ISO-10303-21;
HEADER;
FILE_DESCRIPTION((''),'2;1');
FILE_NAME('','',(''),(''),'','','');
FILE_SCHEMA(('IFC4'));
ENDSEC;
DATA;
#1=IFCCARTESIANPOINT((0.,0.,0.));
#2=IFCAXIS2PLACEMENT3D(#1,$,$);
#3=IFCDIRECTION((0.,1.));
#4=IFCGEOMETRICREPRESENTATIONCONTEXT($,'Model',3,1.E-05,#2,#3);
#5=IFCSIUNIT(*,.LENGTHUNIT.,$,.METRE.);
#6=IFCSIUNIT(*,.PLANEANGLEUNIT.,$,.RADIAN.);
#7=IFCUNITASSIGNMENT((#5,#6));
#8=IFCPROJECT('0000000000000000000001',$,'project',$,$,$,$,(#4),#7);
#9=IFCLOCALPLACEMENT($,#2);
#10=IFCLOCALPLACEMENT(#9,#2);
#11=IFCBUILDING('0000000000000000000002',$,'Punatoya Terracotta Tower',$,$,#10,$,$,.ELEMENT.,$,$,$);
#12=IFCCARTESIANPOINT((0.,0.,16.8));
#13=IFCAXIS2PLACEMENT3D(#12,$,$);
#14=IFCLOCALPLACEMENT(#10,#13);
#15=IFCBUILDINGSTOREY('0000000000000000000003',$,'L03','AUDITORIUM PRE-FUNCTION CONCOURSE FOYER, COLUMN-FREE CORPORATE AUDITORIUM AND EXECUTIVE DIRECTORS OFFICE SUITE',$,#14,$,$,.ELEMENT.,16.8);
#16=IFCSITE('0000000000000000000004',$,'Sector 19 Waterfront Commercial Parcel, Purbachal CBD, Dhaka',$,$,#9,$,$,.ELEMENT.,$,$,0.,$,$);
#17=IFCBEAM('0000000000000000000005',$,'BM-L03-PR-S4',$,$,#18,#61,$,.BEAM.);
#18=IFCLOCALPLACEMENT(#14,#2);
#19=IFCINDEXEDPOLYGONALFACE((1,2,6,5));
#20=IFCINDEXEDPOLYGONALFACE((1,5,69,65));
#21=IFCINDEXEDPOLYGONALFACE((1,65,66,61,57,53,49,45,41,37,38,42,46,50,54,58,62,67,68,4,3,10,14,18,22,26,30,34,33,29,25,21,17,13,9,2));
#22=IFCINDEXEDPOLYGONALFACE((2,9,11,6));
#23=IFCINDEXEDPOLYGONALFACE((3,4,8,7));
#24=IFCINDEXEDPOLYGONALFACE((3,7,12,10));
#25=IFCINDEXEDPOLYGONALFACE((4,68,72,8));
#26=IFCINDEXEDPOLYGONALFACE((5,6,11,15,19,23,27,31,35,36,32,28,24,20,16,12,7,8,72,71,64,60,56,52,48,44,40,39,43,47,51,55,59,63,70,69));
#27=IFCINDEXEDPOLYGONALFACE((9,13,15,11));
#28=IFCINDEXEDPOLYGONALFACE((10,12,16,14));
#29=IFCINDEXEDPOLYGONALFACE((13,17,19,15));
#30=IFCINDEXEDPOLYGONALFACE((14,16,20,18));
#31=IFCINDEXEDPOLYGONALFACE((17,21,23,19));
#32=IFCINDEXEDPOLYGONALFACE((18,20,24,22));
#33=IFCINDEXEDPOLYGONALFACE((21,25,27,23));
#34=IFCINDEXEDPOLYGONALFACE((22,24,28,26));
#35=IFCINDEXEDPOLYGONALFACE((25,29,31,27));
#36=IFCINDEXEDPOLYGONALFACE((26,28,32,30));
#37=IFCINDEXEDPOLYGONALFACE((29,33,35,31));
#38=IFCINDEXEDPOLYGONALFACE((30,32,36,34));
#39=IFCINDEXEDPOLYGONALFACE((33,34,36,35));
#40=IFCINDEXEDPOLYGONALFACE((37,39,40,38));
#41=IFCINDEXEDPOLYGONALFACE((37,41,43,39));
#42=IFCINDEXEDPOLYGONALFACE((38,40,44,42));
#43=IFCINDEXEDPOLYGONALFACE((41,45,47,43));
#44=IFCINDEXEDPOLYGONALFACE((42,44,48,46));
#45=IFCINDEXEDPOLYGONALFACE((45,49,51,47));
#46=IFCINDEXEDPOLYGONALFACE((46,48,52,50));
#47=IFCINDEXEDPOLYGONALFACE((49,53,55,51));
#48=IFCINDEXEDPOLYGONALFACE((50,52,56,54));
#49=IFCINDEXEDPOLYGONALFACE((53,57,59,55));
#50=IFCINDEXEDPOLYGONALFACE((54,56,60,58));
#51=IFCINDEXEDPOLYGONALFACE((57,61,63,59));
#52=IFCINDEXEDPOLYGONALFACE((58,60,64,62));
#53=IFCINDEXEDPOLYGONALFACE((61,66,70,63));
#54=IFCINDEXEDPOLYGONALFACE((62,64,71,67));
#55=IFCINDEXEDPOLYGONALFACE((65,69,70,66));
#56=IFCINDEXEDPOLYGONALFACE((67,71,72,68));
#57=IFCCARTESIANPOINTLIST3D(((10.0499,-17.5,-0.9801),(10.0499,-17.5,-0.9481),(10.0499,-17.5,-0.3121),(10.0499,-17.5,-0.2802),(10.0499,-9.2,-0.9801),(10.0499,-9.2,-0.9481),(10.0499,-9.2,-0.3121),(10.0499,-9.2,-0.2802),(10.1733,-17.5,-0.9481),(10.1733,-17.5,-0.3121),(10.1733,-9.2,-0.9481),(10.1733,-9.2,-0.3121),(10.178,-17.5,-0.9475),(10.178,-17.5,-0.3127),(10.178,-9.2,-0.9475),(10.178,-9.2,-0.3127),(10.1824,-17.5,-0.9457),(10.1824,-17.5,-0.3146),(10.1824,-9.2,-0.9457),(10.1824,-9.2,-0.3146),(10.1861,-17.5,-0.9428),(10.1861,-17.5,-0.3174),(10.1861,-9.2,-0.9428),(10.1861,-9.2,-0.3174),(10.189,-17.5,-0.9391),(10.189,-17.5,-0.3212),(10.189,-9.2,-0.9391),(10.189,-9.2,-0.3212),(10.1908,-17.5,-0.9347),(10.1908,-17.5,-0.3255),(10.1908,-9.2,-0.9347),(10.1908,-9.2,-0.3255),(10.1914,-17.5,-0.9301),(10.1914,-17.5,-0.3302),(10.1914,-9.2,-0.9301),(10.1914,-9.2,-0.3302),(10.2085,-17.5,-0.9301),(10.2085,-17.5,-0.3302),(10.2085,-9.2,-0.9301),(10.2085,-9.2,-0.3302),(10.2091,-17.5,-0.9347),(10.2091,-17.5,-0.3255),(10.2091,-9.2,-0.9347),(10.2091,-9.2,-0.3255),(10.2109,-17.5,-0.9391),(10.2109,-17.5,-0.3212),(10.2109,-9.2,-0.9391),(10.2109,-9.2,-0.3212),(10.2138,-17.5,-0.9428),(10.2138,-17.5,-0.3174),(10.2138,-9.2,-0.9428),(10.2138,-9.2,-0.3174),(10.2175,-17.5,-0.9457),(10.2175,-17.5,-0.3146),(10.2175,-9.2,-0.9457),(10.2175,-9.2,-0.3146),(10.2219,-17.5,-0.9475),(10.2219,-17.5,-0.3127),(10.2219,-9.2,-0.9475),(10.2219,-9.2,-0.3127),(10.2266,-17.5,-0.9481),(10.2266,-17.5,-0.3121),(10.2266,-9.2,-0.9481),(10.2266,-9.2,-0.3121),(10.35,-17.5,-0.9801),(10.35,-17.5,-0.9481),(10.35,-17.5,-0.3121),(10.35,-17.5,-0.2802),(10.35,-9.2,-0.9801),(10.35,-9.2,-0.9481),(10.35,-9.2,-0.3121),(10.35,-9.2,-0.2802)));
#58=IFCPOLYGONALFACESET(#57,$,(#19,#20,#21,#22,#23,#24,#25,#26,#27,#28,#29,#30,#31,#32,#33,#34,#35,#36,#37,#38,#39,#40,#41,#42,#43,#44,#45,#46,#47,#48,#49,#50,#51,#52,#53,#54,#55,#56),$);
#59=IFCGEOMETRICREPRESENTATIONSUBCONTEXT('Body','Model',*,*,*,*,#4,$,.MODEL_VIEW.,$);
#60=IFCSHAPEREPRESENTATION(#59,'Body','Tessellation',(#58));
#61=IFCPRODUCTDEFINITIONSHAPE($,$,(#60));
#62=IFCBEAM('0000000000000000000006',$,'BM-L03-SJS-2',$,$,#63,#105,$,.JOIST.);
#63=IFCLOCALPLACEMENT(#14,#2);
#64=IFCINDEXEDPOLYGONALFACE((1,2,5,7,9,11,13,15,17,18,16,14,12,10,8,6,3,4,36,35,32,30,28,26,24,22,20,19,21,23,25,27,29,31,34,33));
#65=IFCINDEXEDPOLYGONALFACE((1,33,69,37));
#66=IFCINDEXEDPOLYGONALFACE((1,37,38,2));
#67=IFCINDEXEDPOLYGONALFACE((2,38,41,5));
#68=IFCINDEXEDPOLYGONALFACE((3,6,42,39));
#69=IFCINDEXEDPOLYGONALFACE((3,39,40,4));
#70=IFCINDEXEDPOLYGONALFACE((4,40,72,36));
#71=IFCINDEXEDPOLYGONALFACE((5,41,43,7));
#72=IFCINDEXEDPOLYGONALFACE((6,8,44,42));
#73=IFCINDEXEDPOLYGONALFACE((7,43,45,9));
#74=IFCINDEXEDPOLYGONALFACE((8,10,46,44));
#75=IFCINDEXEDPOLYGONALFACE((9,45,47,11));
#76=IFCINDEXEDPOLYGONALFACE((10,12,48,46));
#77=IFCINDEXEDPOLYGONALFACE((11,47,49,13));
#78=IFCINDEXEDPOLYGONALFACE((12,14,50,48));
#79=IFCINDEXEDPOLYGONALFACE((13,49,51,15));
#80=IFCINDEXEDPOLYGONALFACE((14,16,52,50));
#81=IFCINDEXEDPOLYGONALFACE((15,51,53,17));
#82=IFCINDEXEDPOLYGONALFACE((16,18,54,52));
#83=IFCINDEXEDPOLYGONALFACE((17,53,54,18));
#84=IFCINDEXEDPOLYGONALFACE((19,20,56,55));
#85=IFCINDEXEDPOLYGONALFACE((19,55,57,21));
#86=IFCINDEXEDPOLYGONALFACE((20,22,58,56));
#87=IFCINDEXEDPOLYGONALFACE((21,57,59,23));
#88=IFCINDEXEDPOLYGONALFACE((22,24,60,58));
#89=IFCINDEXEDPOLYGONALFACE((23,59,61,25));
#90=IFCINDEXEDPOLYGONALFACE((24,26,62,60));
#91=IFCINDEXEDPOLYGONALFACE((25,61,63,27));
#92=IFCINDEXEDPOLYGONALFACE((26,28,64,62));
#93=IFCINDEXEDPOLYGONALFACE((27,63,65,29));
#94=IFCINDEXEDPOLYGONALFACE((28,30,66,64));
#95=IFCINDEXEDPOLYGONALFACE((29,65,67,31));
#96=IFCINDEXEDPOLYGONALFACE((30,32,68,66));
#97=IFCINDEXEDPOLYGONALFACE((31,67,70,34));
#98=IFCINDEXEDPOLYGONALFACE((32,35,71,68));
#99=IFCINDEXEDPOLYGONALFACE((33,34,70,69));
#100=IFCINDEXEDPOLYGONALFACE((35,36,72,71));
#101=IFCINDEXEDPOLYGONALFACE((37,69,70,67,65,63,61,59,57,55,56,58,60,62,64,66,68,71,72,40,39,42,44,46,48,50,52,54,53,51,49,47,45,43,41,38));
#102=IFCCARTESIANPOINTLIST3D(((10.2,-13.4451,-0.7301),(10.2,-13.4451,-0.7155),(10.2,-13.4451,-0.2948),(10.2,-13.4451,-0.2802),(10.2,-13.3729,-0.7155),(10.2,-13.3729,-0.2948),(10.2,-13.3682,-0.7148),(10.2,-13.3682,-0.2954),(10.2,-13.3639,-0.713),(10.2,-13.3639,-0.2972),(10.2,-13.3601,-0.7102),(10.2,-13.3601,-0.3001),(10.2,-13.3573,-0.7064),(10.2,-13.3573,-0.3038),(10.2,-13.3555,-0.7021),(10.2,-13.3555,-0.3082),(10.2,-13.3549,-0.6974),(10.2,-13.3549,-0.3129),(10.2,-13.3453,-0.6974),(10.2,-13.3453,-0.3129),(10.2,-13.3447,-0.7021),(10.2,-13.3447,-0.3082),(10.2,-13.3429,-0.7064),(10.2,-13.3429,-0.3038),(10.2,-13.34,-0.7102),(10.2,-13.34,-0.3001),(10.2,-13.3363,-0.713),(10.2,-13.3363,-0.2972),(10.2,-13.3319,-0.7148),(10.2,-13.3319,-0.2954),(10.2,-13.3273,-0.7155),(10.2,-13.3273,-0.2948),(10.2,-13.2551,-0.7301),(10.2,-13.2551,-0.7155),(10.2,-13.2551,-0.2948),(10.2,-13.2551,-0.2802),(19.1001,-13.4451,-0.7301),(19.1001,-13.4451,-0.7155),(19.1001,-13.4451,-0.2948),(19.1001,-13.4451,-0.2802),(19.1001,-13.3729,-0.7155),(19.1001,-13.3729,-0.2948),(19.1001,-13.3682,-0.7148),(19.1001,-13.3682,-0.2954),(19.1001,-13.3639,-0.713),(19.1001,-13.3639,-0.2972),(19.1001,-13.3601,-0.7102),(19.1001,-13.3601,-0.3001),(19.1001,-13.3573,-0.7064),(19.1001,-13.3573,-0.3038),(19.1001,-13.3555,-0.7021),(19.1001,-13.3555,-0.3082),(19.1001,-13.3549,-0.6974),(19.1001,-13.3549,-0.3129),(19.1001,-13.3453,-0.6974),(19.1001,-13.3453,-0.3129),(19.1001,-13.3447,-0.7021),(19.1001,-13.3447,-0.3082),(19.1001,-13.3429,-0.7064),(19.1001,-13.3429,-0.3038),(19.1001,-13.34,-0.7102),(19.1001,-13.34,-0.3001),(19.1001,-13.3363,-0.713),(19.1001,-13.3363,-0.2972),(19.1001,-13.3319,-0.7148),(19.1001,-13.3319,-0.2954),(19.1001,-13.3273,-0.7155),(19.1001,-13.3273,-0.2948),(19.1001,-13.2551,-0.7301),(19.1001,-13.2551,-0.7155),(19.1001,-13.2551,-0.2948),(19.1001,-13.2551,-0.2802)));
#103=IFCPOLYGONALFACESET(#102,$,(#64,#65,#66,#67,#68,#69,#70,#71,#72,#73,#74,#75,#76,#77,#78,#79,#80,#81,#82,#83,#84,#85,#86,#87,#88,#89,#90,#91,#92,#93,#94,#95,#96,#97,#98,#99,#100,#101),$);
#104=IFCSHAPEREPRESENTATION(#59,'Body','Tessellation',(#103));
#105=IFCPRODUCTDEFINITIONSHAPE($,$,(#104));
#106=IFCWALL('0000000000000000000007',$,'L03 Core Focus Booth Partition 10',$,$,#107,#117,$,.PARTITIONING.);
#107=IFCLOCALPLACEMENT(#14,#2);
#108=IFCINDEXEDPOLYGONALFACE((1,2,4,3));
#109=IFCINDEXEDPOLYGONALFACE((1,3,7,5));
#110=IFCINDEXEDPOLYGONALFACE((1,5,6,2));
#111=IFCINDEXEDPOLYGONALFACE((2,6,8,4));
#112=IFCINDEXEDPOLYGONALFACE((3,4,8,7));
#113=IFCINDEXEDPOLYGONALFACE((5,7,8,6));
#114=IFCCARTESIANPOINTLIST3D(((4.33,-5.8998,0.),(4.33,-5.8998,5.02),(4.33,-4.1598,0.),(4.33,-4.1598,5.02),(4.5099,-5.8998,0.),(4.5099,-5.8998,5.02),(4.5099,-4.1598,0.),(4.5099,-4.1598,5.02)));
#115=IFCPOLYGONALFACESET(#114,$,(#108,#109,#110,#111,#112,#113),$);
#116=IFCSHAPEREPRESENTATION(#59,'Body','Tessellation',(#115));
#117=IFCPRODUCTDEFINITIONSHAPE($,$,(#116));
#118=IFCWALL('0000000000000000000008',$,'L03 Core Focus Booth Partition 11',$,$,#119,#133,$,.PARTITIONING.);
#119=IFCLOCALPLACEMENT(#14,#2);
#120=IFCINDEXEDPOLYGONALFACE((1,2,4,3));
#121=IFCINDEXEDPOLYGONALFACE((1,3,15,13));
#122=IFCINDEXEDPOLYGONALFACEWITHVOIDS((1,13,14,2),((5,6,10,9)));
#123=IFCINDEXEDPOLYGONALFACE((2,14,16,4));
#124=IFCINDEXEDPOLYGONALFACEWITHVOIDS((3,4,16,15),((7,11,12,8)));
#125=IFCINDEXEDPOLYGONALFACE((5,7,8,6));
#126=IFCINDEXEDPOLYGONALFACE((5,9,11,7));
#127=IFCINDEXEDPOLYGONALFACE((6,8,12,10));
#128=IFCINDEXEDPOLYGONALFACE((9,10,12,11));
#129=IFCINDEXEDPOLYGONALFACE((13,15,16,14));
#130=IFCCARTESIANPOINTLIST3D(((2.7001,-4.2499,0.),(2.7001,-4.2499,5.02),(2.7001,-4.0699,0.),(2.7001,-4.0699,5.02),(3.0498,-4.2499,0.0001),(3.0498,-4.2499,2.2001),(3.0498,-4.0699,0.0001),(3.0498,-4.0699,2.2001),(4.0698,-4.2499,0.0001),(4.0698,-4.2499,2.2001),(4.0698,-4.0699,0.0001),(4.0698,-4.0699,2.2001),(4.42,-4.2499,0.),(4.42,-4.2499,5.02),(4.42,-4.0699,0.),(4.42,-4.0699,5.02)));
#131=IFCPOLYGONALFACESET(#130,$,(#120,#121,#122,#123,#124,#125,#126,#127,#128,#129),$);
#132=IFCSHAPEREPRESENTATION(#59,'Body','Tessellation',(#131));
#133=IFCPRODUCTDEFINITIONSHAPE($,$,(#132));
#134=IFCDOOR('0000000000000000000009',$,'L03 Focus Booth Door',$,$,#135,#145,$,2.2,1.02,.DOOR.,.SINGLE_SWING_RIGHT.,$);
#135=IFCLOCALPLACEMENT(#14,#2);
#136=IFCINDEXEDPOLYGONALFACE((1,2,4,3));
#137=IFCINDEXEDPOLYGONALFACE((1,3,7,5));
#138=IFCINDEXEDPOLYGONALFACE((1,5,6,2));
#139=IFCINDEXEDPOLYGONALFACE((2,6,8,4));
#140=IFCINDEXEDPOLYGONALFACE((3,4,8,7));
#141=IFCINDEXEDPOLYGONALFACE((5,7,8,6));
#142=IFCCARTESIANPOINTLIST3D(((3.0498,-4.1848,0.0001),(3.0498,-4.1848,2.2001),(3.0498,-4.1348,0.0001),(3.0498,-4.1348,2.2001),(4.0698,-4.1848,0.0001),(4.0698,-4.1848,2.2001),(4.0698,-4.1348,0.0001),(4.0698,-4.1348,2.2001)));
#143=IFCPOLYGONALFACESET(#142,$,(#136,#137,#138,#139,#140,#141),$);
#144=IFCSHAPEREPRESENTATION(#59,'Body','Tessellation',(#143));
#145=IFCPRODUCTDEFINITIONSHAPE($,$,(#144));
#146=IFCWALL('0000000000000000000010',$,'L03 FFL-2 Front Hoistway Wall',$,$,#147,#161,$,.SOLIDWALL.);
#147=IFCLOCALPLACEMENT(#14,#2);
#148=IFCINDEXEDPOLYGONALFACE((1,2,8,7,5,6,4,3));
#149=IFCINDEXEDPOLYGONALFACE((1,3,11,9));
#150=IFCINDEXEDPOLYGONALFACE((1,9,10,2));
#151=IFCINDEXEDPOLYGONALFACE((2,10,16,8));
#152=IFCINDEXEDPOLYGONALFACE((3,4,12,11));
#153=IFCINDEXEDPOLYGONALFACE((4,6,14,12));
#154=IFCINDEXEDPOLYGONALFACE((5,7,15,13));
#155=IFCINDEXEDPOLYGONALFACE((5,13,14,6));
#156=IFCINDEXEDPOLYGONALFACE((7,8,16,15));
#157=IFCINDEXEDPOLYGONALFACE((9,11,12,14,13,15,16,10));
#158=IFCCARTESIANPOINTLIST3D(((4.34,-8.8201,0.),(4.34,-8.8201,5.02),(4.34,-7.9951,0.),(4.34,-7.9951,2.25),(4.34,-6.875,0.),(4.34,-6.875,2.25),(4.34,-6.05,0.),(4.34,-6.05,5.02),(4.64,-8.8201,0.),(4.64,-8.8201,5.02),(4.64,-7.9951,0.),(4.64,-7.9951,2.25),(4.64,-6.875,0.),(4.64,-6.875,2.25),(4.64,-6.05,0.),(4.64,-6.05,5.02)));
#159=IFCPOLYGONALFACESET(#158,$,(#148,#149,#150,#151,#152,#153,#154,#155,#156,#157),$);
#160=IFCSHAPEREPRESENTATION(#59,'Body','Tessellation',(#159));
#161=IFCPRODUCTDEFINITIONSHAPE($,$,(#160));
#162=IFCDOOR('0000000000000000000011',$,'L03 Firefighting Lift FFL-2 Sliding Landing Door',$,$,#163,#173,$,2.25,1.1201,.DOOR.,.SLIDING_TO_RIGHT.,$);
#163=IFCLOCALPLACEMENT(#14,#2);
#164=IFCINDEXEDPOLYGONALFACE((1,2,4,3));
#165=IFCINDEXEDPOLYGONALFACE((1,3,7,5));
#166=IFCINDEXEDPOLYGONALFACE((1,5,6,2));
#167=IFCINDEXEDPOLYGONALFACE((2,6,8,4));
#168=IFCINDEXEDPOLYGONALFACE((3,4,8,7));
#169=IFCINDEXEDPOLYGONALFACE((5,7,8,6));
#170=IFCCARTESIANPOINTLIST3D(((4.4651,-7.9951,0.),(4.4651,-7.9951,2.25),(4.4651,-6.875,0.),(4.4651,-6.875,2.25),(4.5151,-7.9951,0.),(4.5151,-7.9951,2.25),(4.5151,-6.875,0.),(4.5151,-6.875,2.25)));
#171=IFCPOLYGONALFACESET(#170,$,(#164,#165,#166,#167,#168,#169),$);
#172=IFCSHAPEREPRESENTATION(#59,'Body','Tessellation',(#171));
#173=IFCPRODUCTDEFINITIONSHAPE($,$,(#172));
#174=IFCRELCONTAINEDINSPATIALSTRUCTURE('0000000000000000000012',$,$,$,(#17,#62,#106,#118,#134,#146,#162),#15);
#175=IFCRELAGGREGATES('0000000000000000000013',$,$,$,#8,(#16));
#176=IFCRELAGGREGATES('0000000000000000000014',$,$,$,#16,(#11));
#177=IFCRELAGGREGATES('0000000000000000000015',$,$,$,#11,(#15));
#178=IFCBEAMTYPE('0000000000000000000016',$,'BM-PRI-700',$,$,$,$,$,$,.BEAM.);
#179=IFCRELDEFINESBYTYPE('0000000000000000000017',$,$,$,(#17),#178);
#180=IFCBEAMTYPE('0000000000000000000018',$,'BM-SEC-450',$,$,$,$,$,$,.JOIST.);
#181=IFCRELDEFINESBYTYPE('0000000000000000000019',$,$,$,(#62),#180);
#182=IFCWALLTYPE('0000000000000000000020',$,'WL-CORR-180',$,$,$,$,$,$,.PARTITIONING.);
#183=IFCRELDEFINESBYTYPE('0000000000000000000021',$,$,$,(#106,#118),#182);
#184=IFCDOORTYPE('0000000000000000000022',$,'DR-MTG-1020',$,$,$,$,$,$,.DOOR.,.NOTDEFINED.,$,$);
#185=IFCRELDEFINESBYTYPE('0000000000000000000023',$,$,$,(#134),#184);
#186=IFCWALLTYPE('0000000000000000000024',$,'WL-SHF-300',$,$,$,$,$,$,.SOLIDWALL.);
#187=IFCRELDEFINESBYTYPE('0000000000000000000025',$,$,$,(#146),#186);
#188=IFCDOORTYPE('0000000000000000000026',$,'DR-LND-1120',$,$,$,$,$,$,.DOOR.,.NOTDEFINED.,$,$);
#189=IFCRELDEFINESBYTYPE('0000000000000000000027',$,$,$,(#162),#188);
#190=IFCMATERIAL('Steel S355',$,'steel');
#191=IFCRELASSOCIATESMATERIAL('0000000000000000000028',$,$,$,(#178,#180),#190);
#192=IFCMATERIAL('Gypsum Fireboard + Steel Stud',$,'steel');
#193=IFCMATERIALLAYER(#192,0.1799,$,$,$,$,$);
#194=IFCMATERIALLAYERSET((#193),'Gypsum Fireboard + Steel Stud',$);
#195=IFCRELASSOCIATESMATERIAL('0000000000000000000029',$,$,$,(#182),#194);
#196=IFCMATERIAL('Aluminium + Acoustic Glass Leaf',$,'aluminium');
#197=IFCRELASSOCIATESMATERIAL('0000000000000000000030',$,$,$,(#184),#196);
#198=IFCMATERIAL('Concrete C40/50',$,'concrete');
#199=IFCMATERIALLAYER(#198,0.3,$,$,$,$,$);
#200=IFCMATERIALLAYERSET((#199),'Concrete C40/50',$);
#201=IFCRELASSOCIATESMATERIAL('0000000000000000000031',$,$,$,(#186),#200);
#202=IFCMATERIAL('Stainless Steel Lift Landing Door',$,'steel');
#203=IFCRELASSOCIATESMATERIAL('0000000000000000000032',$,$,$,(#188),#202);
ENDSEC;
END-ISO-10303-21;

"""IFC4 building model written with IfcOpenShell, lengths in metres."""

from ifc_helpers import new_model, si_unit, direction, frame, frame_2d, origin, origin_2d, place, context, subcontext, project, spatial, rectangle, i_section, extrude, material, layer, layer_set, material_profile, profile_set, type_object, element, fill, save


model = new_model("IFC4")

# Units and contexts
model_context = context("Model", 3, precision=1e-05, world=origin(), true_north=direction((0.0, 1.0)))
body_context = subcontext(model_context, "Body", "Model", "MODEL_VIEW")
ifc_project = project(units=[si_unit("LENGTHUNIT", "METRE"), si_unit("PLANEANGLEUNIT", "RADIAN")], contexts=[model_context])

# Site, building, storey
site_placement = place(None, origin())
site = spatial("IfcSite", under=ifc_project, at=site_placement, Name="Sector 19 Waterfront Commercial Parcel, Purbachal CBD, Dhaka", CompositionType="ELEMENT", RefElevation=0.0)
building_placement = place(site_placement, origin())
building = spatial("IfcBuilding", under=site, at=building_placement, Name="Punatoya Terracotta Tower", CompositionType="ELEMENT")
storey_placement = place(building_placement, frame((0.0, 0.0, 16.8)))
storey = spatial("IfcBuildingStorey", under=building, at=storey_placement, Name="L03", Description="AUDITORIUM PRE-FUNCTION CONCOURSE FOYER, COLUMN-FREE CORPORATE AUDITORIUM AND EXECUTIVE DIRECTORS OFFICE SUITE", CompositionType="ELEMENT", Elevation=16.8)

# Beams
ifc_material_1 = material(Name="Steel S355", Category="steel")
ifc_material_profile_1 = material_profile(ifc_material_1, i_section(OverallWidth=0.3, OverallDepth=0.7, WebThickness=0.0171, FlangeThickness=0.032, FilletRadius=0.0181, at=origin_2d()))
ifc_profile_set_1 = profile_set([ifc_material_profile_1], Name="Steel S355")
beam_type_1 = type_object("IfcBeamType", Name="BM-PRI-700", PredefinedType="BEAM", material=ifc_profile_set_1)
for number, where, z_axis, x_axis, name in (
    (1, (10.2, -17.5, -0.6301), (0.0, 1.0, 0.0), (-1.0, 0.0, 0.0), "BM-L03-PR-S4"),
):
    element("IfcBeam", number, at=place(storey_placement, frame(where, z_axis=z_axis, x_axis=x_axis)), inside=storey, type_object=beam_type_1, Name=name, PredefinedType="BEAM", context=body_context, shape_type="SweptSolid", body=[
        extrude(i_section(OverallWidth=0.3, OverallDepth=0.7, WebThickness=0.0171, FlangeThickness=0.032, FilletRadius=0.0181, at=origin_2d()), origin(), (0.0, 0.0, 1.0), 8.3),
    ])
ifc_material_profile_2 = material_profile(ifc_material_1, i_section(OverallWidth=0.1899, OverallDepth=0.45, WebThickness=0.0095, FlangeThickness=0.0146, FilletRadius=0.0181, at=origin_2d()))
ifc_profile_set_2 = profile_set([ifc_material_profile_2], Name="Steel S355")
beam_type_2 = type_object("IfcBeamType", Name="BM-SEC-450", PredefinedType="JOIST", material=ifc_profile_set_2)
beam_1_placement = place(storey_placement, frame((10.2, -13.3501, -0.5051), z_axis=(1.0, 0.0, 0.0), x_axis=(0.0, 1.0, 0.0)))
element("IfcBeam", 2, at=beam_1_placement, inside=storey, type_object=beam_type_2, Name="BM-L03-SJS-2", PredefinedType="JOIST", context=body_context, shape_type="SweptSolid", body=[
    extrude(i_section(OverallWidth=0.1899, OverallDepth=0.45, WebThickness=0.0095, FlangeThickness=0.0146, FilletRadius=0.0181, at=origin_2d()), origin(), (0.0, 0.0, 1.0), 8.9001),
])

# Wall
ifc_material_2 = material(Name="Gypsum Fireboard + Steel Stud", Category="steel")
ifc_layer_1 = layer(ifc_material_2, 0.1799)
ifc_layer_set_1 = layer_set([ifc_layer_1], Name="Gypsum Fireboard + Steel Stud")
wall_type_1 = type_object("IfcWallType", Name="WL-CORR-180", PredefinedType="PARTITIONING", material=ifc_layer_set_1)
wall_1_placement = place(storey_placement, frame((4.4199, -5.8999, 0.0), z_axis=(0.0, 0.0, 1.0), x_axis=(0.0, 1.0, 0.0)))
element("IfcWall", 3, at=wall_1_placement, inside=storey, type_object=wall_type_1, Name="L03 Core Focus Booth Partition 10", PredefinedType="PARTITIONING", context=body_context, shape_type="SweptSolid", body=[
    extrude(rectangle(XDim=1.74, YDim=0.1799, at=frame_2d((0.8701, 0.0))), origin(), (0.0, 0.0, 1.0), 5.02),
])

# Walls, openings, doors
wall_2_placement = place(storey_placement, frame((4.4199, -4.1599, 0.0), z_axis=(0.0, 0.0, 1.0), x_axis=(-1.0, 0.0, 0.0)))
wall_2 = element("IfcWall", 4, at=wall_2_placement, inside=storey, type_object=wall_type_1, Name="L03 Core Focus Booth Partition 11", PredefinedType="PARTITIONING", context=body_context, shape_type="SweptSolid", body=[
    extrude(rectangle(XDim=1.72, YDim=0.1799, at=frame_2d((0.8599, 0.0))), origin(), (0.0, 0.0, 1.0), 5.02),
])
opening_1_placement = place(wall_2_placement, frame((0.3501, 0.0, 0.0)))
opening_1 = element("IfcOpeningElement", 5, at=opening_1_placement, cuts=wall_2, PredefinedType="OPENING", context=body_context, shape_type="SweptSolid", body=[
    extrude(rectangle(XDim=1.02, YDim=2.2, at=frame_2d((0.51, 1.1001))), frame((0.0, 0.0999, 0.0), z_axis=(0.0, -1.0, 0.0), x_axis=(1.0, 0.0, 0.0)), (0.0, 0.0, 1.0), 0.2),
])
ifc_material_3 = material(Name="Aluminium + Acoustic Glass Leaf", Category="aluminium")
door_type_1 = type_object("IfcDoorType", Name="DR-MTG-1020", OperationType="NOTDEFINED", PredefinedType="DOOR", material=ifc_material_3)
door_1_placement = place(opening_1_placement, origin())
door_1 = element("IfcDoor", 6, at=door_1_placement, inside=storey, type_object=door_type_1, Name="L03 Focus Booth Door", OperationType="SINGLE_SWING_RIGHT", OverallHeight=2.2, OverallWidth=1.02, PredefinedType="DOOR", context=body_context, shape_type="SweptSolid", body=[
    extrude(rectangle(XDim=1.02, YDim=2.2, at=frame_2d((0.51, 1.1001))), frame((0.0, 0.0249, 0.0), z_axis=(0.0, -1.0, 0.0), x_axis=(1.0, 0.0, 0.0)), (0.0, 0.0, 1.0), 0.05),
])
fill(opening_1, door_1)
ifc_material_4 = material(Name="Concrete C40/50", Category="concrete")
ifc_layer_2 = layer(ifc_material_4, 0.3)
ifc_layer_set_2 = layer_set([ifc_layer_2], Name="Concrete C40/50")
wall_type_2 = type_object("IfcWallType", Name="WL-SHF-300", PredefinedType="SOLIDWALL", material=ifc_layer_set_2)
wall_3_placement = place(storey_placement, frame((4.49, -8.8201, 0.0), z_axis=(0.0, 0.0, 1.0), x_axis=(0.0, 1.0, 0.0)))
wall_3 = element("IfcWall", 7, at=wall_3_placement, inside=storey, type_object=wall_type_2, Name="L03 FFL-2 Front Hoistway Wall", PredefinedType="SOLIDWALL", context=body_context, shape_type="SweptSolid", body=[
    extrude(rectangle(XDim=2.77, YDim=0.3, at=frame_2d((1.385, 0.0))), origin(), (0.0, 0.0, 1.0), 5.02),
])
opening_2_placement = place(wall_3_placement, frame((0.825, 0.0, 0.0)))
opening_2 = element("IfcOpeningElement", 8, at=opening_2_placement, cuts=wall_3, PredefinedType="OPENING", context=body_context, shape_type="SweptSolid", body=[
    extrude(rectangle(XDim=1.1201, YDim=2.25, at=frame_2d((0.5601, 1.125))), frame((0.0, 0.1599, 0.0), z_axis=(0.0, -1.0, 0.0), x_axis=(1.0, 0.0, 0.0)), (0.0, 0.0, 1.0), 0.3201),
])
ifc_material_5 = material(Name="Stainless Steel Lift Landing Door", Category="steel")
door_type_2 = type_object("IfcDoorType", Name="DR-LND-1120", OperationType="NOTDEFINED", PredefinedType="DOOR", material=ifc_material_5)
door_2_placement = place(opening_2_placement, origin())
door_2 = element("IfcDoor", 9, at=door_2_placement, inside=storey, type_object=door_type_2, Name="L03 Firefighting Lift FFL-2 Sliding Landing Door", OperationType="SLIDING_TO_RIGHT", OverallHeight=2.25, OverallWidth=1.1201, PredefinedType="DOOR", context=body_context, shape_type="SweptSolid", body=[
    extrude(rectangle(XDim=1.1201, YDim=2.25, at=frame_2d((0.5601, 1.125))), frame((0.0, 0.0249, 0.0), z_axis=(0.0, -1.0, 0.0), x_axis=(1.0, 0.0, 0.0)), (0.0, 0.0, 1.0), 0.05),
])
fill(opening_2, door_2)

save(model, "model.ifc")
